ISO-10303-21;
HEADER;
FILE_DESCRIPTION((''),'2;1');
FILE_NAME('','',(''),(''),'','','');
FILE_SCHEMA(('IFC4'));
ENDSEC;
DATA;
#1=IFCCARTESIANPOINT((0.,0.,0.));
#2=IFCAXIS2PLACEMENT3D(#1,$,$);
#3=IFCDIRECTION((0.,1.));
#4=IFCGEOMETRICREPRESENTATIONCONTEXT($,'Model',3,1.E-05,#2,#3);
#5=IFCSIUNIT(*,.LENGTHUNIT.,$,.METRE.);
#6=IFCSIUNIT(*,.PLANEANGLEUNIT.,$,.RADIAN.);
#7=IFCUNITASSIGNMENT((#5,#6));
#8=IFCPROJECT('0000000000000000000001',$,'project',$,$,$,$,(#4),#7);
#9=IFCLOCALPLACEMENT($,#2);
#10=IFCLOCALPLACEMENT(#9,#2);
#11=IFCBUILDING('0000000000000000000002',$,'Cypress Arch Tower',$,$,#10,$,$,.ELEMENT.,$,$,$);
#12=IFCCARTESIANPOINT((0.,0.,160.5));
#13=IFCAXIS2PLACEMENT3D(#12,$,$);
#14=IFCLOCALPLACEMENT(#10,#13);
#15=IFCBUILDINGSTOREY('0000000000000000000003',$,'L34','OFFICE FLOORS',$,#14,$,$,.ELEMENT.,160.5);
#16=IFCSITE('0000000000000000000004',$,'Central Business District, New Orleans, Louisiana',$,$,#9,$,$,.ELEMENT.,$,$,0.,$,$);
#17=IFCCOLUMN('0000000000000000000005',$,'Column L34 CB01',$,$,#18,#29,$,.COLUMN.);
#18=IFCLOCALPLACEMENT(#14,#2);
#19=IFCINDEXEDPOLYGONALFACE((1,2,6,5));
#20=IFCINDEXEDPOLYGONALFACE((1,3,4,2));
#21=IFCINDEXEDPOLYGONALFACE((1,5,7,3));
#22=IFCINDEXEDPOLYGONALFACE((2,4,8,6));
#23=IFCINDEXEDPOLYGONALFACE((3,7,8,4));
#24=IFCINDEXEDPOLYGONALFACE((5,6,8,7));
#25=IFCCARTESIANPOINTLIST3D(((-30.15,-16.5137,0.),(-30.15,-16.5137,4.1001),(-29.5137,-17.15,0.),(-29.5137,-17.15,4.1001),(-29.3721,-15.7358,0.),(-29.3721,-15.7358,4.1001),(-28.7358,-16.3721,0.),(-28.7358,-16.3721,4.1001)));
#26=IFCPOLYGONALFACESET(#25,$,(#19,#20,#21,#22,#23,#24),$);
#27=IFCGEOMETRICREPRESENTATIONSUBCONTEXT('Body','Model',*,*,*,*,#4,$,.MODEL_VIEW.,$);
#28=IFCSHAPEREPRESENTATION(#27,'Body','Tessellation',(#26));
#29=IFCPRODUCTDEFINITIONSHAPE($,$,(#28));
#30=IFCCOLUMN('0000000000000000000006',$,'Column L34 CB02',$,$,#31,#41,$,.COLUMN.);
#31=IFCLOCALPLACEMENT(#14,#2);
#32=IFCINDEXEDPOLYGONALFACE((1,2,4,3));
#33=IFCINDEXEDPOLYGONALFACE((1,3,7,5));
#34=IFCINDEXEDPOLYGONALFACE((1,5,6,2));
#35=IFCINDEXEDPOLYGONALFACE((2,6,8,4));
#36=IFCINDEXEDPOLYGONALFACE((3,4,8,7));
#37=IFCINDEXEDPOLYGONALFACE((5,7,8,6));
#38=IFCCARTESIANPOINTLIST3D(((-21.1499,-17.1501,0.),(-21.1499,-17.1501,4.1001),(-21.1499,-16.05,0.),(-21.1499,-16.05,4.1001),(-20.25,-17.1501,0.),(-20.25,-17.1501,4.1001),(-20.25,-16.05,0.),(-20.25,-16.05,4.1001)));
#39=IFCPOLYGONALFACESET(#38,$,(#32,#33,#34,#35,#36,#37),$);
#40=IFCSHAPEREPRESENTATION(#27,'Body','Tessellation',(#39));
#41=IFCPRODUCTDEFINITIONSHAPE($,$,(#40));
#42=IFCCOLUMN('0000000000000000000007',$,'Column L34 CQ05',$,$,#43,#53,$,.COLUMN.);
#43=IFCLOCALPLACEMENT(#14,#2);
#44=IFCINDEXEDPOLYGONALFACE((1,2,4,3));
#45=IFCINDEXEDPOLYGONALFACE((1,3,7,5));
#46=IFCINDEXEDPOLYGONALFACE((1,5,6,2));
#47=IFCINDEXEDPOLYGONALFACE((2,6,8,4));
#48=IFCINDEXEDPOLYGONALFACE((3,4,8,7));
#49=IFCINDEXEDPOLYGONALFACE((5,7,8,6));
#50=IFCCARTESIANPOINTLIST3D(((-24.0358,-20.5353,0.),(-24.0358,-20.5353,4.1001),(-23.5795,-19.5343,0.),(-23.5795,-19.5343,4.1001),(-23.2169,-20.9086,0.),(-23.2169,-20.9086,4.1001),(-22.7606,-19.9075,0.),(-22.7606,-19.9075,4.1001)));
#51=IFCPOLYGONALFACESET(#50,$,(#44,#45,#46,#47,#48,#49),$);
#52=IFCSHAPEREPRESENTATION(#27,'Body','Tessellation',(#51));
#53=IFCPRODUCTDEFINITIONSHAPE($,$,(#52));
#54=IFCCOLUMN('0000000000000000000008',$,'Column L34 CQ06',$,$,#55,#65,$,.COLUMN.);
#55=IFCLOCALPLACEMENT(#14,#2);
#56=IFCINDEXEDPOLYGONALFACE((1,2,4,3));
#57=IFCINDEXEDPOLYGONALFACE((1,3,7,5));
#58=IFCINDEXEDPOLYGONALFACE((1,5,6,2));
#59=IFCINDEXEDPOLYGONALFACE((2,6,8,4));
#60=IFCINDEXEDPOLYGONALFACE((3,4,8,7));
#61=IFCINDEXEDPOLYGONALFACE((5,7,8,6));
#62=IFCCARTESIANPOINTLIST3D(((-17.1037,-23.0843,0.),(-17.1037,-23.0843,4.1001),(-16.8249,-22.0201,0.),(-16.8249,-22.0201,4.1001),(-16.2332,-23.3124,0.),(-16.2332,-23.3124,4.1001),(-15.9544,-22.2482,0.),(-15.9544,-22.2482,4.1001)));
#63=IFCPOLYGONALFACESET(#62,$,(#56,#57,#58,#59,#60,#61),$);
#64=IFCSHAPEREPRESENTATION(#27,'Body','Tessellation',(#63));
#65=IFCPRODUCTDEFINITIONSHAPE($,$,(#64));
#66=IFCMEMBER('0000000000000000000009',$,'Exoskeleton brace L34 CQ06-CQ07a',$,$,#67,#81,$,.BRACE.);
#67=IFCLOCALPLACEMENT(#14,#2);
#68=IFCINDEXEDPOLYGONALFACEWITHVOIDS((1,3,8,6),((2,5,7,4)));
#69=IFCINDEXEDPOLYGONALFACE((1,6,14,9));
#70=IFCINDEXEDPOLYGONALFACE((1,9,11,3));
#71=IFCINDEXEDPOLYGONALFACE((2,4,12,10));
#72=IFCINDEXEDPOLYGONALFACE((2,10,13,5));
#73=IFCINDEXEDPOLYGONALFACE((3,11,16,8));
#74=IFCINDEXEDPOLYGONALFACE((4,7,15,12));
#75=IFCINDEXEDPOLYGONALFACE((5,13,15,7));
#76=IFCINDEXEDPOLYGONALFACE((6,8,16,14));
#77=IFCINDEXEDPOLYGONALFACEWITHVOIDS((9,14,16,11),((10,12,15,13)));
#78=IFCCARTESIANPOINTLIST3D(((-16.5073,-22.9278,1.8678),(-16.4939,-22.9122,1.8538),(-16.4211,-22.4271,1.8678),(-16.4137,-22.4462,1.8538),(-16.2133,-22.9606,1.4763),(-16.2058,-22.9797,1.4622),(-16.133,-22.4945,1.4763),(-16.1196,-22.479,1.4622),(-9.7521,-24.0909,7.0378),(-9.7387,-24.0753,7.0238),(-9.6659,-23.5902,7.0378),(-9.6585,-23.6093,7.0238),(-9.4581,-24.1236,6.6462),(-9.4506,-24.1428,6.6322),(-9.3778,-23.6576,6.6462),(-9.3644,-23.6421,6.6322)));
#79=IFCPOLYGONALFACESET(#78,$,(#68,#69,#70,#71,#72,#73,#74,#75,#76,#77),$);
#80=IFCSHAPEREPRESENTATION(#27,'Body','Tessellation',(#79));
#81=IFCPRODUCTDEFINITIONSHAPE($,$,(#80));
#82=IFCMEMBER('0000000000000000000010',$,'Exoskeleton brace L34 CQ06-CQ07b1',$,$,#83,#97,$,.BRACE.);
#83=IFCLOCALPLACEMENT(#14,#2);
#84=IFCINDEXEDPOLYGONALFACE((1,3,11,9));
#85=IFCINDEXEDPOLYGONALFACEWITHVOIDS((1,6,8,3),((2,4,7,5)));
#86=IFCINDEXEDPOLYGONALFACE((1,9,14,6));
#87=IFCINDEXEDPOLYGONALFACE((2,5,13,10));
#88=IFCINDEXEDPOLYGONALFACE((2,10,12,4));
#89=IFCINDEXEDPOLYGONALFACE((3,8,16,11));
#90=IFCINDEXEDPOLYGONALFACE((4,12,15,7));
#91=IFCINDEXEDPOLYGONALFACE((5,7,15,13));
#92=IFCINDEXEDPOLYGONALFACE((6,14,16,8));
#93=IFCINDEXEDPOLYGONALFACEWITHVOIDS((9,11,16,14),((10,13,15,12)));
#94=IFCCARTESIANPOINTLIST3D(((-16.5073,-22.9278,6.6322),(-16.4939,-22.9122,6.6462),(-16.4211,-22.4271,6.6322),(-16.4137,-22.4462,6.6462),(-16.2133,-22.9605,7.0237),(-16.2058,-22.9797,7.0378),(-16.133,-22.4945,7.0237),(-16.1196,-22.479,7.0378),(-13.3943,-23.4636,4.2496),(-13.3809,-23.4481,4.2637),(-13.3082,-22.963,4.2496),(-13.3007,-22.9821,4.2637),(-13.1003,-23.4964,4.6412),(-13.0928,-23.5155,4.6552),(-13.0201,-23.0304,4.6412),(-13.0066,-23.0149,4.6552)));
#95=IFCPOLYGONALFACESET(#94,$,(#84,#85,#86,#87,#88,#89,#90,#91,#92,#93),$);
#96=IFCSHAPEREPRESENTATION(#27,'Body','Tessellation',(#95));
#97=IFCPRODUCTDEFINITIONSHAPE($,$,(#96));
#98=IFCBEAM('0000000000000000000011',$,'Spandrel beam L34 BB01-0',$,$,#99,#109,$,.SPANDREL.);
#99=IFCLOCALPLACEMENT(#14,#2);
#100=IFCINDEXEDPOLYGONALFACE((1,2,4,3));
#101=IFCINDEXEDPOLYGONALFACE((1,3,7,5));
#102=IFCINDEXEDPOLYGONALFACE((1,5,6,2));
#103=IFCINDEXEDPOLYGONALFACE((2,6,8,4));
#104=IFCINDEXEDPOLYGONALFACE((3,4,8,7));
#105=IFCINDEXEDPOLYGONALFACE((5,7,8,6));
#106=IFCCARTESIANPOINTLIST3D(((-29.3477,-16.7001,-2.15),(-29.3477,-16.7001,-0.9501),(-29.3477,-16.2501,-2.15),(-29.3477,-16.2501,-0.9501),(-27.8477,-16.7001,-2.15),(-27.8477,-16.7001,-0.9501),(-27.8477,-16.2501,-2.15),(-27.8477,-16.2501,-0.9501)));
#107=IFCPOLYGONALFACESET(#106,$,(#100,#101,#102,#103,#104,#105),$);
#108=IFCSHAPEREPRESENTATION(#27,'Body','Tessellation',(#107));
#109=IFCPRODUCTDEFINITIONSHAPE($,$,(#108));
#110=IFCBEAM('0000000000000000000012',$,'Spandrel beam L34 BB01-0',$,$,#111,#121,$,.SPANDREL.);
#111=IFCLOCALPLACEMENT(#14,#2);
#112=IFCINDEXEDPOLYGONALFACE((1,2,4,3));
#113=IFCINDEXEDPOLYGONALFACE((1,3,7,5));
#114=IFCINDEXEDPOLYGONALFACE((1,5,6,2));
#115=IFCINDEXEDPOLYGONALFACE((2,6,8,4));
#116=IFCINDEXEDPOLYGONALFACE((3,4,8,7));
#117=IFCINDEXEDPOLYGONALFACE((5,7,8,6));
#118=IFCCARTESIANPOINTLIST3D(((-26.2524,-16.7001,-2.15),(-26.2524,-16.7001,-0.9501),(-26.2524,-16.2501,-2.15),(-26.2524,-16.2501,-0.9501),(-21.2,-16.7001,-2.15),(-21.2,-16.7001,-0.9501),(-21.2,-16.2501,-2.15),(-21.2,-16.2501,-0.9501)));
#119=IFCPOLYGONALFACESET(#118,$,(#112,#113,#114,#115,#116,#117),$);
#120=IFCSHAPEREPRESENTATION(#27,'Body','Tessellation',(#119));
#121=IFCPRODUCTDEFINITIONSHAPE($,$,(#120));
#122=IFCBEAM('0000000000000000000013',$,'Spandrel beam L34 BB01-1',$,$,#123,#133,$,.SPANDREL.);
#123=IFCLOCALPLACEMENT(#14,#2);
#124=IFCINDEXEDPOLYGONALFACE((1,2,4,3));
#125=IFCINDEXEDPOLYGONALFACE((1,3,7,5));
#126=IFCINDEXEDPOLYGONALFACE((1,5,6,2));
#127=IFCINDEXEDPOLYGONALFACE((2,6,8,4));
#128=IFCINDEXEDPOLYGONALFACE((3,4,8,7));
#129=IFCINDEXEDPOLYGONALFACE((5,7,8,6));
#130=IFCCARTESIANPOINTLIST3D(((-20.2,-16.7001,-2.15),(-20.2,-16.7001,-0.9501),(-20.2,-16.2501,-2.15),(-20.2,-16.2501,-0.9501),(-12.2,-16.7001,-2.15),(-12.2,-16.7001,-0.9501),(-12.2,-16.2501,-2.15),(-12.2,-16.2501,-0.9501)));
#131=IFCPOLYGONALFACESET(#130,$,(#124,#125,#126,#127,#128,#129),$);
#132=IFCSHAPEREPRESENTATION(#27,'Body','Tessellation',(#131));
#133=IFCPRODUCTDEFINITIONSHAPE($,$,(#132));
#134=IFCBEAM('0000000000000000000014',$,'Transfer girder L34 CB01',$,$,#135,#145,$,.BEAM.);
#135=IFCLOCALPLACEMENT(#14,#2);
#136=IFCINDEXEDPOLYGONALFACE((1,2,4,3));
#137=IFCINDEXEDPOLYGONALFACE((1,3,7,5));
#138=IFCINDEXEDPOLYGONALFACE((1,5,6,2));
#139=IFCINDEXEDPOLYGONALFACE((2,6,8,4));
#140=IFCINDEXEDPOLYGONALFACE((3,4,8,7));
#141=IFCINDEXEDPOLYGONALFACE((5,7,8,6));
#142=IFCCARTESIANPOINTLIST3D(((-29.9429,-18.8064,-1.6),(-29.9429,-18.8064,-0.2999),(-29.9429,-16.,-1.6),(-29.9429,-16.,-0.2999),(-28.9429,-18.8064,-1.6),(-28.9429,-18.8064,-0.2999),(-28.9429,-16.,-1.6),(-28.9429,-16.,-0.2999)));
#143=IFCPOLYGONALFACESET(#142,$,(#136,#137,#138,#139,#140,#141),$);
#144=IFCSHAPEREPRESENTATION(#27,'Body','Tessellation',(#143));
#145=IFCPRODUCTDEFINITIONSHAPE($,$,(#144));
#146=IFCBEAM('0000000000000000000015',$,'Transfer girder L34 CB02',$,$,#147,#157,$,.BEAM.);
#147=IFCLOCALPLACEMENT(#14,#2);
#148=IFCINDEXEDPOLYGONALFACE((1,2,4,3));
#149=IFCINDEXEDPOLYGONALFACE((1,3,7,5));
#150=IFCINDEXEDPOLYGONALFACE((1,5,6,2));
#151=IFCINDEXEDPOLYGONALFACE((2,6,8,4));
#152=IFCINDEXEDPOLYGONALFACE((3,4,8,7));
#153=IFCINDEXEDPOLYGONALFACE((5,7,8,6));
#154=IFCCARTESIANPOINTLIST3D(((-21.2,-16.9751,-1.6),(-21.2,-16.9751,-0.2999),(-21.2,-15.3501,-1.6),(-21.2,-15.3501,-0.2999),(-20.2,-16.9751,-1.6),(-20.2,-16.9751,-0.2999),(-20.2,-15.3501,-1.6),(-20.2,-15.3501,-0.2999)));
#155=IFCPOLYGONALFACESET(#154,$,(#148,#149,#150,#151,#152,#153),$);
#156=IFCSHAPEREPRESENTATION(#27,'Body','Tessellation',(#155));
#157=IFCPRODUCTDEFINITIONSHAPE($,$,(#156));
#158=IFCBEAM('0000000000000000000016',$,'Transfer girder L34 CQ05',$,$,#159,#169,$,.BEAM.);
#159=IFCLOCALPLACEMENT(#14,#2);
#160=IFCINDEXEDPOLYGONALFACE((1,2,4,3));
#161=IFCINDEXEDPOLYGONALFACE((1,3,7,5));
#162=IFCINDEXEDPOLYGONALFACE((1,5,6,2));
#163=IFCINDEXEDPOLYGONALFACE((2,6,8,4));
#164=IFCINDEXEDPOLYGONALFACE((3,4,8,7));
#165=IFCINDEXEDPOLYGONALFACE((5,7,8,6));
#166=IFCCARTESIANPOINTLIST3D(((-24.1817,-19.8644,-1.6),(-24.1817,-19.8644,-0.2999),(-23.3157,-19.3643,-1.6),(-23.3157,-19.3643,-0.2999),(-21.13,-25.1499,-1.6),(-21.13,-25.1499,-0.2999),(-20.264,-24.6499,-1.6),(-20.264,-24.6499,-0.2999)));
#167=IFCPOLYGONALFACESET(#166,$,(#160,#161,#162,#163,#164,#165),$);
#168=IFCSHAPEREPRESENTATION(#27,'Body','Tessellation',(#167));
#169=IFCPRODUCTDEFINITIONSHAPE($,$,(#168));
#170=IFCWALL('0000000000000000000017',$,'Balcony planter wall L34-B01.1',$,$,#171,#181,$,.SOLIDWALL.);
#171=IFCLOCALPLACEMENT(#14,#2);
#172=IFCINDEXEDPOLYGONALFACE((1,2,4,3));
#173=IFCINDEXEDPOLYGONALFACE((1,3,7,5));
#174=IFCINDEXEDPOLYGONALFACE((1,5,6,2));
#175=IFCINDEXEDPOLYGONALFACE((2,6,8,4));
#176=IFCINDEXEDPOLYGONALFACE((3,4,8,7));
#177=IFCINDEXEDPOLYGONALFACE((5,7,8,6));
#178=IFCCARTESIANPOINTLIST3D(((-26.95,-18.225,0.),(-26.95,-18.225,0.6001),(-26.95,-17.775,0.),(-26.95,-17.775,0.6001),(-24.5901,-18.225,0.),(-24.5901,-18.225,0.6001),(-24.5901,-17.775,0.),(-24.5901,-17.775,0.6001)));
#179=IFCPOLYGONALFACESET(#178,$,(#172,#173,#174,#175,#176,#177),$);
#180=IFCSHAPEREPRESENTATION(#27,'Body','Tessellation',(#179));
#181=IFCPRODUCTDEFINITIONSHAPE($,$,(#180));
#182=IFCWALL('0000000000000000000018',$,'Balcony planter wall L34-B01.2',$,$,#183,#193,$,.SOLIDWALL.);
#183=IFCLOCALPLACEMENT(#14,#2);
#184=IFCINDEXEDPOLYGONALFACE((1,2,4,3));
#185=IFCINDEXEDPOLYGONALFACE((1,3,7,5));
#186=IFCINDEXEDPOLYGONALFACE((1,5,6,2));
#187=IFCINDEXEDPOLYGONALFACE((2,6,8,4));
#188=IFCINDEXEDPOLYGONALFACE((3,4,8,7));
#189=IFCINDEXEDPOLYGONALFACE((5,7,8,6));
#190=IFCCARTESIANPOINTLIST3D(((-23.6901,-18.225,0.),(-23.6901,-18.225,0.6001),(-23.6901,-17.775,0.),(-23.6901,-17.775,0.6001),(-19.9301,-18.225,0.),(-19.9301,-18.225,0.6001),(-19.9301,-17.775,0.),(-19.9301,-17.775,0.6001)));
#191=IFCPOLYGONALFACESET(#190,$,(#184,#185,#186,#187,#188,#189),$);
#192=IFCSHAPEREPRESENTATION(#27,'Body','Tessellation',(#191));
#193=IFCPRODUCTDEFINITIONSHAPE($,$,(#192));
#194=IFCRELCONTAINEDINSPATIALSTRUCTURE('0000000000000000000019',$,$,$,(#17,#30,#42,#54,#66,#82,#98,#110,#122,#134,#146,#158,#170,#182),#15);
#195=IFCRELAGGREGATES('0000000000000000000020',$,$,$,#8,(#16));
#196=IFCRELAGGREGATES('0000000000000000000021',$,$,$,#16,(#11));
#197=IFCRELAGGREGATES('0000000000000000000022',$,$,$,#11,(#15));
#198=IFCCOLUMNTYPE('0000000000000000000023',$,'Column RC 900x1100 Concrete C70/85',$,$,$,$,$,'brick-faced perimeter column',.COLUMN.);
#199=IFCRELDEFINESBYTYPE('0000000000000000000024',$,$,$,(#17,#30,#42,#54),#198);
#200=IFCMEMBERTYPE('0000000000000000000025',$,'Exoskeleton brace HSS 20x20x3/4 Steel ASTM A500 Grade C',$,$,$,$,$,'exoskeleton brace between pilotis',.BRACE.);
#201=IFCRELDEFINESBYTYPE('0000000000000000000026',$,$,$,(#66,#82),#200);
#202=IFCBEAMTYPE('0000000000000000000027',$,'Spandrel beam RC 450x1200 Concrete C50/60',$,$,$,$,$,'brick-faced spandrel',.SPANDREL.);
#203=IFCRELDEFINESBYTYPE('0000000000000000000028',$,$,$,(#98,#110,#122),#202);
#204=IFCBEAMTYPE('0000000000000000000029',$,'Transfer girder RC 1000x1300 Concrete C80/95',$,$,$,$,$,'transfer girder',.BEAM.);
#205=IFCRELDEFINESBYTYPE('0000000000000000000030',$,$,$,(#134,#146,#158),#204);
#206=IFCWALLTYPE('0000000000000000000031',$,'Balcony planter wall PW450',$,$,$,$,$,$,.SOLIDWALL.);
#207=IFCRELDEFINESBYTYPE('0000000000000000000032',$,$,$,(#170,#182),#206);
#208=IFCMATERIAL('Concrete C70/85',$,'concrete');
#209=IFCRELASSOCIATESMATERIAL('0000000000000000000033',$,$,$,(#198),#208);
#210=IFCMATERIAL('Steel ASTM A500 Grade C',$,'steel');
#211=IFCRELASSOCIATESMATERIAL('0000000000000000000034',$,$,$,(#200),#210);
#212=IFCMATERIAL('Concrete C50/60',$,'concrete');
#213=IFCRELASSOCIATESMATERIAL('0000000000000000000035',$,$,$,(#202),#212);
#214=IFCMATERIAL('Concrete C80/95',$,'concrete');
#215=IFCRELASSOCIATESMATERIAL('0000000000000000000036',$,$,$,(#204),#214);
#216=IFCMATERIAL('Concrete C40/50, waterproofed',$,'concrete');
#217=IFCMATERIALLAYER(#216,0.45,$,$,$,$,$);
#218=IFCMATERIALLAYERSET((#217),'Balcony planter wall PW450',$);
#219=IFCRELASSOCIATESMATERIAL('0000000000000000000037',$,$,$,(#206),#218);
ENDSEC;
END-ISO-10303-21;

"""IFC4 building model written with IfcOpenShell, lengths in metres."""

from ifc_helpers import new_model, si_unit, direction, frame, frame_2d, origin, origin_2d, place, context, subcontext, project, spatial, rectangle, hollow_rectangle, extrude, material, layer, layer_set, material_profile, profile_set, type_object, element, save


model = new_model("IFC4")

# Units and contexts
model_context = context("Model", 3, precision=1e-05, world=origin(), true_north=direction((0.0, 1.0)))
body_context = subcontext(model_context, "Body", "Model", "MODEL_VIEW")
ifc_project = project(units=[si_unit("LENGTHUNIT", "METRE"), si_unit("PLANEANGLEUNIT", "RADIAN")], contexts=[model_context])

# Site, building, storey
site_placement = place(None, origin())
site = spatial("IfcSite", under=ifc_project, at=site_placement, Name="Central Business District, New Orleans, Louisiana", CompositionType="ELEMENT", RefElevation=0.0)
building_placement = place(site_placement, origin())
building = spatial("IfcBuilding", under=site, at=building_placement, Name="Cypress Arch Tower", CompositionType="ELEMENT")
storey_placement = place(building_placement, frame((0.0, 0.0, 160.5)))
storey = spatial("IfcBuildingStorey", under=building, at=storey_placement, Name="L34", Description="OFFICE FLOORS", CompositionType="ELEMENT", Elevation=160.5)

# Columns
ifc_material_1 = material(Name="Concrete C70/85", Category="concrete")
ifc_material_profile_1 = material_profile(ifc_material_1, rectangle(XDim=0.8999, YDim=1.1001, at=origin_2d()), Name="RC 900x1100")
ifc_profile_set_1 = profile_set([ifc_material_profile_1], Name="Concrete C70/85")
column_type = type_object("IfcColumnType", Name="Column RC 900x1100 Concrete C70/85", ElementType="brick-faced perimeter column", PredefinedType="COLUMN", material=ifc_profile_set_1)
for number, where, z_axis, x_axis, name in (
    (1, (-29.4429, -16.4429, 0.0), (0.0, 0.0, 1.0), (0.707107, -0.707107, 0.0), "Column L34 CB01"),
    (2, (-20.7, -16.6001, 0.0), (0.0, 0.0, 1.0), (1.0, 0.0, 0.0), "Column L34 CB02"),
    (3, (-23.3982, -20.2214, 0.0), (0.0, 0.0, 1.0), (0.909932, -0.414757, 0.0), "Column L34 CQ05"),
    (4, (-16.5291, -22.6663, 0.0), (0.0, 0.0, 1.0), (0.967356, -0.253422, 0.0), "Column L34 CQ06"),
):
    element("IfcColumn", number, at=place(storey_placement, frame(where, z_axis=z_axis, x_axis=x_axis)), inside=storey, type_object=column_type, Name=name, PredefinedType="COLUMN", context=body_context, shape_type="SweptSolid", body=[
        extrude(rectangle(XDim=0.8999, YDim=1.1001, at=origin_2d()), origin(), (0.0, 0.0, 1.0), 4.1001),
    ])

# Members
ifc_material_2 = material(Name="Steel ASTM A500 Grade C", Category="steel")
ifc_material_profile_2 = material_profile(ifc_material_2, hollow_rectangle(XDim=0.5081, YDim=0.5081, WallThickness=0.0176, at=origin_2d()), Name="HSS 20x20x3/4")
ifc_profile_set_2 = profile_set([ifc_material_profile_2], Name="Steel ASTM A500 Grade C")
member_type = type_object("IfcMemberType", Name="Exoskeleton brace HSS 20x20x3/4 Steel ASTM A500 Grade C", ElementType="exoskeleton brace between pilotis", PredefinedType="BRACE", material=ifc_profile_set_2)
member_1_placement = place(storey_placement, frame((-16.3135, -22.7034, 1.665), z_axis=(0.786797, -0.135469, 0.602162), x_axis=(0.169681, 0.985499, 0.0)))
element("IfcMember", 5, at=member_1_placement, inside=storey, type_object=member_type, Name="Exoskeleton brace L34 CQ06-CQ07a", PredefinedType="BRACE", context=body_context, shape_type="SweptSolid", body=[
    extrude(hollow_rectangle(XDim=0.5081, YDim=0.5081, WallThickness=0.0176, at=origin_2d()), origin(), (0.0, 0.0, 1.0), 8.5857),
])
member_2_placement = place(storey_placement, frame((-16.3135, -22.7034, 6.835), z_axis=(0.786793, -0.135441, -0.602173), x_axis=(0.169648, 0.985505, 0.0)))
element("IfcMember", 6, at=member_2_placement, inside=storey, type_object=member_type, Name="Exoskeleton brace L34 CQ06-CQ07b1", PredefinedType="BRACE", context=body_context, shape_type="SweptSolid", body=[
    extrude(hollow_rectangle(XDim=0.5081, YDim=0.5081, WallThickness=0.0176, at=origin_2d()), origin(), (0.0, 0.0, 1.0), 3.9565),
])

# Beams
ifc_material_3 = material(Name="Concrete C50/60", Category="concrete")
ifc_material_profile_3 = material_profile(ifc_material_3, rectangle(XDim=0.45, YDim=1.2, at=origin_2d()), Name="RC 450x1200")
ifc_profile_set_3 = profile_set([ifc_material_profile_3], Name="Concrete C50/60")
beam_type_1 = type_object("IfcBeamType", Name="Spandrel beam RC 450x1200 Concrete C50/60", ElementType="brick-faced spandrel", PredefinedType="SPANDREL", material=ifc_profile_set_3)
beam_1_placement = place(storey_placement, frame((-29.3477, -16.4751, -1.55), z_axis=(1.0, 0.0, 0.0), x_axis=(0.0, 1.0, 0.0)))
element("IfcBeam", 7, at=beam_1_placement, inside=storey, type_object=beam_type_1, Name="Spandrel beam L34 BB01-0", PredefinedType="SPANDREL", context=body_context, shape_type="SweptSolid", body=[
    extrude(rectangle(XDim=0.45, YDim=1.2, at=origin_2d()), origin(), (0.0, 0.0, 1.0), 1.5),
])
beam_2_placement = place(storey_placement, frame((-26.2524, -16.4751, -1.55), z_axis=(1.0, 0.0, 0.0), x_axis=(0.0, 1.0, 0.0)))
element("IfcBeam", 8, at=beam_2_placement, inside=storey, type_object=beam_type_1, Name="Spandrel beam L34 BB01-0", PredefinedType="SPANDREL", context=body_context, shape_type="SweptSolid", body=[
    extrude(rectangle(XDim=0.45, YDim=1.2, at=origin_2d()), origin(), (0.0, 0.0, 1.0), 5.0525),
])
beam_3_placement = place(storey_placement, frame((-20.2, -16.4751, -1.55), z_axis=(1.0, 0.0, 0.0), x_axis=(0.0, 1.0, 0.0)))
element("IfcBeam", 9, at=beam_3_placement, inside=storey, type_object=beam_type_1, Name="Spandrel beam L34 BB01-1", PredefinedType="SPANDREL", context=body_context, shape_type="SweptSolid", body=[
    extrude(rectangle(XDim=0.45, YDim=1.2, at=origin_2d()), origin(), (0.0, 0.0, 1.0), 8.0),
])
ifc_material_4 = material(Name="Concrete C80/95", Category="concrete")
ifc_material_profile_4 = material_profile(ifc_material_4, rectangle(XDim=1.0, YDim=1.3, at=origin_2d()), Name="RC 1000x1300")
ifc_profile_set_4 = profile_set([ifc_material_profile_4], Name="Concrete C80/95")
beam_type_2 = type_object("IfcBeamType", Name="Transfer girder RC 1000x1300 Concrete C80/95", ElementType="transfer girder", PredefinedType="BEAM", material=ifc_profile_set_4)
beam_4_placement = place(storey_placement, frame((-29.4429, -18.8064, -0.95), z_axis=(0.0, 1.0, 0.0), x_axis=(-1.0, 0.0, 0.0)))
element("IfcBeam", 10, at=beam_4_placement, inside=storey, type_object=beam_type_2, Name="Transfer girder L34 CB01", PredefinedType="BEAM", context=body_context, shape_type="SweptSolid", body=[
    extrude(rectangle(XDim=1.0, YDim=1.3, at=origin_2d()), origin(), (0.0, 0.0, 1.0), 2.8064),
])
beam_5_placement = place(storey_placement, frame((-20.7, -16.9751, -0.95), z_axis=(0.0, 1.0, 0.0), x_axis=(-1.0, 0.0, 0.0)))
element("IfcBeam", 11, at=beam_5_placement, inside=storey, type_object=beam_type_2, Name="Transfer girder L34 CB02", PredefinedType="BEAM", context=body_context, shape_type="SweptSolid", body=[
    extrude(rectangle(XDim=1.0, YDim=1.3, at=origin_2d()), origin(), (0.0, 0.0, 1.0), 1.625),
])
beam_6_placement = place(storey_placement, frame((-20.697, -24.8999, -0.95), z_axis=(-0.500011, 0.866019, 0.0), x_axis=(-0.866019, -0.500011, 0.0)))
element("IfcBeam", 12, at=beam_6_placement, inside=storey, type_object=beam_type_2, Name="Transfer girder L34 CQ05", PredefinedType="BEAM", context=body_context, shape_type="SweptSolid", body=[
    extrude(rectangle(XDim=1.0, YDim=1.3, at=origin_2d()), origin(), (0.0, 0.0, 1.0), 6.1033),
])

# Walls
ifc_material_5 = material(Name="Concrete C40/50, waterproofed", Category="concrete")
ifc_layer_1 = layer(ifc_material_5, 0.45)
ifc_layer_set_1 = layer_set([ifc_layer_1], Name="Balcony planter wall PW450")
wall_type_1 = type_object("IfcWallType", Name="Balcony planter wall PW450", PredefinedType="SOLIDWALL", material=ifc_layer_set_1)
wall_1_placement = place(storey_placement, frame((-26.95, -18.0, 0.0), z_axis=(0.0, 0.0, 1.0), x_axis=(1.0, 0.0, 0.0)))
element("IfcWall", 13, at=wall_1_placement, inside=storey, type_object=wall_type_1, Name="Balcony planter wall L34-B01.1", PredefinedType="SOLIDWALL", context=body_context, shape_type="SweptSolid", body=[
    extrude(rectangle(XDim=2.3599, YDim=0.45, at=frame_2d((1.1799, 0.0))), origin(), (0.0, 0.0, 1.0), 0.6001),
])
for number, where, z_axis, x_axis, name in (
    (14, (-23.6899, -18.0, 0.0), (0.0, 0.0, 1.0), (1.0, 0.0, 0.0), "Balcony planter wall L34-B01.2"),
):
    element("IfcWall", number, at=place(storey_placement, frame(where, z_axis=z_axis, x_axis=x_axis)), inside=storey, type_object=wall_type_1, Name=name, PredefinedType="SOLIDWALL", context=body_context, shape_type="SweptSolid", body=[
        extrude(rectangle(XDim=3.76, YDim=0.45, at=frame_2d((1.8799, 0.0))), origin(), (0.0, 0.0, 1.0), 0.6001),
    ])

save(model, "model.ifc")
